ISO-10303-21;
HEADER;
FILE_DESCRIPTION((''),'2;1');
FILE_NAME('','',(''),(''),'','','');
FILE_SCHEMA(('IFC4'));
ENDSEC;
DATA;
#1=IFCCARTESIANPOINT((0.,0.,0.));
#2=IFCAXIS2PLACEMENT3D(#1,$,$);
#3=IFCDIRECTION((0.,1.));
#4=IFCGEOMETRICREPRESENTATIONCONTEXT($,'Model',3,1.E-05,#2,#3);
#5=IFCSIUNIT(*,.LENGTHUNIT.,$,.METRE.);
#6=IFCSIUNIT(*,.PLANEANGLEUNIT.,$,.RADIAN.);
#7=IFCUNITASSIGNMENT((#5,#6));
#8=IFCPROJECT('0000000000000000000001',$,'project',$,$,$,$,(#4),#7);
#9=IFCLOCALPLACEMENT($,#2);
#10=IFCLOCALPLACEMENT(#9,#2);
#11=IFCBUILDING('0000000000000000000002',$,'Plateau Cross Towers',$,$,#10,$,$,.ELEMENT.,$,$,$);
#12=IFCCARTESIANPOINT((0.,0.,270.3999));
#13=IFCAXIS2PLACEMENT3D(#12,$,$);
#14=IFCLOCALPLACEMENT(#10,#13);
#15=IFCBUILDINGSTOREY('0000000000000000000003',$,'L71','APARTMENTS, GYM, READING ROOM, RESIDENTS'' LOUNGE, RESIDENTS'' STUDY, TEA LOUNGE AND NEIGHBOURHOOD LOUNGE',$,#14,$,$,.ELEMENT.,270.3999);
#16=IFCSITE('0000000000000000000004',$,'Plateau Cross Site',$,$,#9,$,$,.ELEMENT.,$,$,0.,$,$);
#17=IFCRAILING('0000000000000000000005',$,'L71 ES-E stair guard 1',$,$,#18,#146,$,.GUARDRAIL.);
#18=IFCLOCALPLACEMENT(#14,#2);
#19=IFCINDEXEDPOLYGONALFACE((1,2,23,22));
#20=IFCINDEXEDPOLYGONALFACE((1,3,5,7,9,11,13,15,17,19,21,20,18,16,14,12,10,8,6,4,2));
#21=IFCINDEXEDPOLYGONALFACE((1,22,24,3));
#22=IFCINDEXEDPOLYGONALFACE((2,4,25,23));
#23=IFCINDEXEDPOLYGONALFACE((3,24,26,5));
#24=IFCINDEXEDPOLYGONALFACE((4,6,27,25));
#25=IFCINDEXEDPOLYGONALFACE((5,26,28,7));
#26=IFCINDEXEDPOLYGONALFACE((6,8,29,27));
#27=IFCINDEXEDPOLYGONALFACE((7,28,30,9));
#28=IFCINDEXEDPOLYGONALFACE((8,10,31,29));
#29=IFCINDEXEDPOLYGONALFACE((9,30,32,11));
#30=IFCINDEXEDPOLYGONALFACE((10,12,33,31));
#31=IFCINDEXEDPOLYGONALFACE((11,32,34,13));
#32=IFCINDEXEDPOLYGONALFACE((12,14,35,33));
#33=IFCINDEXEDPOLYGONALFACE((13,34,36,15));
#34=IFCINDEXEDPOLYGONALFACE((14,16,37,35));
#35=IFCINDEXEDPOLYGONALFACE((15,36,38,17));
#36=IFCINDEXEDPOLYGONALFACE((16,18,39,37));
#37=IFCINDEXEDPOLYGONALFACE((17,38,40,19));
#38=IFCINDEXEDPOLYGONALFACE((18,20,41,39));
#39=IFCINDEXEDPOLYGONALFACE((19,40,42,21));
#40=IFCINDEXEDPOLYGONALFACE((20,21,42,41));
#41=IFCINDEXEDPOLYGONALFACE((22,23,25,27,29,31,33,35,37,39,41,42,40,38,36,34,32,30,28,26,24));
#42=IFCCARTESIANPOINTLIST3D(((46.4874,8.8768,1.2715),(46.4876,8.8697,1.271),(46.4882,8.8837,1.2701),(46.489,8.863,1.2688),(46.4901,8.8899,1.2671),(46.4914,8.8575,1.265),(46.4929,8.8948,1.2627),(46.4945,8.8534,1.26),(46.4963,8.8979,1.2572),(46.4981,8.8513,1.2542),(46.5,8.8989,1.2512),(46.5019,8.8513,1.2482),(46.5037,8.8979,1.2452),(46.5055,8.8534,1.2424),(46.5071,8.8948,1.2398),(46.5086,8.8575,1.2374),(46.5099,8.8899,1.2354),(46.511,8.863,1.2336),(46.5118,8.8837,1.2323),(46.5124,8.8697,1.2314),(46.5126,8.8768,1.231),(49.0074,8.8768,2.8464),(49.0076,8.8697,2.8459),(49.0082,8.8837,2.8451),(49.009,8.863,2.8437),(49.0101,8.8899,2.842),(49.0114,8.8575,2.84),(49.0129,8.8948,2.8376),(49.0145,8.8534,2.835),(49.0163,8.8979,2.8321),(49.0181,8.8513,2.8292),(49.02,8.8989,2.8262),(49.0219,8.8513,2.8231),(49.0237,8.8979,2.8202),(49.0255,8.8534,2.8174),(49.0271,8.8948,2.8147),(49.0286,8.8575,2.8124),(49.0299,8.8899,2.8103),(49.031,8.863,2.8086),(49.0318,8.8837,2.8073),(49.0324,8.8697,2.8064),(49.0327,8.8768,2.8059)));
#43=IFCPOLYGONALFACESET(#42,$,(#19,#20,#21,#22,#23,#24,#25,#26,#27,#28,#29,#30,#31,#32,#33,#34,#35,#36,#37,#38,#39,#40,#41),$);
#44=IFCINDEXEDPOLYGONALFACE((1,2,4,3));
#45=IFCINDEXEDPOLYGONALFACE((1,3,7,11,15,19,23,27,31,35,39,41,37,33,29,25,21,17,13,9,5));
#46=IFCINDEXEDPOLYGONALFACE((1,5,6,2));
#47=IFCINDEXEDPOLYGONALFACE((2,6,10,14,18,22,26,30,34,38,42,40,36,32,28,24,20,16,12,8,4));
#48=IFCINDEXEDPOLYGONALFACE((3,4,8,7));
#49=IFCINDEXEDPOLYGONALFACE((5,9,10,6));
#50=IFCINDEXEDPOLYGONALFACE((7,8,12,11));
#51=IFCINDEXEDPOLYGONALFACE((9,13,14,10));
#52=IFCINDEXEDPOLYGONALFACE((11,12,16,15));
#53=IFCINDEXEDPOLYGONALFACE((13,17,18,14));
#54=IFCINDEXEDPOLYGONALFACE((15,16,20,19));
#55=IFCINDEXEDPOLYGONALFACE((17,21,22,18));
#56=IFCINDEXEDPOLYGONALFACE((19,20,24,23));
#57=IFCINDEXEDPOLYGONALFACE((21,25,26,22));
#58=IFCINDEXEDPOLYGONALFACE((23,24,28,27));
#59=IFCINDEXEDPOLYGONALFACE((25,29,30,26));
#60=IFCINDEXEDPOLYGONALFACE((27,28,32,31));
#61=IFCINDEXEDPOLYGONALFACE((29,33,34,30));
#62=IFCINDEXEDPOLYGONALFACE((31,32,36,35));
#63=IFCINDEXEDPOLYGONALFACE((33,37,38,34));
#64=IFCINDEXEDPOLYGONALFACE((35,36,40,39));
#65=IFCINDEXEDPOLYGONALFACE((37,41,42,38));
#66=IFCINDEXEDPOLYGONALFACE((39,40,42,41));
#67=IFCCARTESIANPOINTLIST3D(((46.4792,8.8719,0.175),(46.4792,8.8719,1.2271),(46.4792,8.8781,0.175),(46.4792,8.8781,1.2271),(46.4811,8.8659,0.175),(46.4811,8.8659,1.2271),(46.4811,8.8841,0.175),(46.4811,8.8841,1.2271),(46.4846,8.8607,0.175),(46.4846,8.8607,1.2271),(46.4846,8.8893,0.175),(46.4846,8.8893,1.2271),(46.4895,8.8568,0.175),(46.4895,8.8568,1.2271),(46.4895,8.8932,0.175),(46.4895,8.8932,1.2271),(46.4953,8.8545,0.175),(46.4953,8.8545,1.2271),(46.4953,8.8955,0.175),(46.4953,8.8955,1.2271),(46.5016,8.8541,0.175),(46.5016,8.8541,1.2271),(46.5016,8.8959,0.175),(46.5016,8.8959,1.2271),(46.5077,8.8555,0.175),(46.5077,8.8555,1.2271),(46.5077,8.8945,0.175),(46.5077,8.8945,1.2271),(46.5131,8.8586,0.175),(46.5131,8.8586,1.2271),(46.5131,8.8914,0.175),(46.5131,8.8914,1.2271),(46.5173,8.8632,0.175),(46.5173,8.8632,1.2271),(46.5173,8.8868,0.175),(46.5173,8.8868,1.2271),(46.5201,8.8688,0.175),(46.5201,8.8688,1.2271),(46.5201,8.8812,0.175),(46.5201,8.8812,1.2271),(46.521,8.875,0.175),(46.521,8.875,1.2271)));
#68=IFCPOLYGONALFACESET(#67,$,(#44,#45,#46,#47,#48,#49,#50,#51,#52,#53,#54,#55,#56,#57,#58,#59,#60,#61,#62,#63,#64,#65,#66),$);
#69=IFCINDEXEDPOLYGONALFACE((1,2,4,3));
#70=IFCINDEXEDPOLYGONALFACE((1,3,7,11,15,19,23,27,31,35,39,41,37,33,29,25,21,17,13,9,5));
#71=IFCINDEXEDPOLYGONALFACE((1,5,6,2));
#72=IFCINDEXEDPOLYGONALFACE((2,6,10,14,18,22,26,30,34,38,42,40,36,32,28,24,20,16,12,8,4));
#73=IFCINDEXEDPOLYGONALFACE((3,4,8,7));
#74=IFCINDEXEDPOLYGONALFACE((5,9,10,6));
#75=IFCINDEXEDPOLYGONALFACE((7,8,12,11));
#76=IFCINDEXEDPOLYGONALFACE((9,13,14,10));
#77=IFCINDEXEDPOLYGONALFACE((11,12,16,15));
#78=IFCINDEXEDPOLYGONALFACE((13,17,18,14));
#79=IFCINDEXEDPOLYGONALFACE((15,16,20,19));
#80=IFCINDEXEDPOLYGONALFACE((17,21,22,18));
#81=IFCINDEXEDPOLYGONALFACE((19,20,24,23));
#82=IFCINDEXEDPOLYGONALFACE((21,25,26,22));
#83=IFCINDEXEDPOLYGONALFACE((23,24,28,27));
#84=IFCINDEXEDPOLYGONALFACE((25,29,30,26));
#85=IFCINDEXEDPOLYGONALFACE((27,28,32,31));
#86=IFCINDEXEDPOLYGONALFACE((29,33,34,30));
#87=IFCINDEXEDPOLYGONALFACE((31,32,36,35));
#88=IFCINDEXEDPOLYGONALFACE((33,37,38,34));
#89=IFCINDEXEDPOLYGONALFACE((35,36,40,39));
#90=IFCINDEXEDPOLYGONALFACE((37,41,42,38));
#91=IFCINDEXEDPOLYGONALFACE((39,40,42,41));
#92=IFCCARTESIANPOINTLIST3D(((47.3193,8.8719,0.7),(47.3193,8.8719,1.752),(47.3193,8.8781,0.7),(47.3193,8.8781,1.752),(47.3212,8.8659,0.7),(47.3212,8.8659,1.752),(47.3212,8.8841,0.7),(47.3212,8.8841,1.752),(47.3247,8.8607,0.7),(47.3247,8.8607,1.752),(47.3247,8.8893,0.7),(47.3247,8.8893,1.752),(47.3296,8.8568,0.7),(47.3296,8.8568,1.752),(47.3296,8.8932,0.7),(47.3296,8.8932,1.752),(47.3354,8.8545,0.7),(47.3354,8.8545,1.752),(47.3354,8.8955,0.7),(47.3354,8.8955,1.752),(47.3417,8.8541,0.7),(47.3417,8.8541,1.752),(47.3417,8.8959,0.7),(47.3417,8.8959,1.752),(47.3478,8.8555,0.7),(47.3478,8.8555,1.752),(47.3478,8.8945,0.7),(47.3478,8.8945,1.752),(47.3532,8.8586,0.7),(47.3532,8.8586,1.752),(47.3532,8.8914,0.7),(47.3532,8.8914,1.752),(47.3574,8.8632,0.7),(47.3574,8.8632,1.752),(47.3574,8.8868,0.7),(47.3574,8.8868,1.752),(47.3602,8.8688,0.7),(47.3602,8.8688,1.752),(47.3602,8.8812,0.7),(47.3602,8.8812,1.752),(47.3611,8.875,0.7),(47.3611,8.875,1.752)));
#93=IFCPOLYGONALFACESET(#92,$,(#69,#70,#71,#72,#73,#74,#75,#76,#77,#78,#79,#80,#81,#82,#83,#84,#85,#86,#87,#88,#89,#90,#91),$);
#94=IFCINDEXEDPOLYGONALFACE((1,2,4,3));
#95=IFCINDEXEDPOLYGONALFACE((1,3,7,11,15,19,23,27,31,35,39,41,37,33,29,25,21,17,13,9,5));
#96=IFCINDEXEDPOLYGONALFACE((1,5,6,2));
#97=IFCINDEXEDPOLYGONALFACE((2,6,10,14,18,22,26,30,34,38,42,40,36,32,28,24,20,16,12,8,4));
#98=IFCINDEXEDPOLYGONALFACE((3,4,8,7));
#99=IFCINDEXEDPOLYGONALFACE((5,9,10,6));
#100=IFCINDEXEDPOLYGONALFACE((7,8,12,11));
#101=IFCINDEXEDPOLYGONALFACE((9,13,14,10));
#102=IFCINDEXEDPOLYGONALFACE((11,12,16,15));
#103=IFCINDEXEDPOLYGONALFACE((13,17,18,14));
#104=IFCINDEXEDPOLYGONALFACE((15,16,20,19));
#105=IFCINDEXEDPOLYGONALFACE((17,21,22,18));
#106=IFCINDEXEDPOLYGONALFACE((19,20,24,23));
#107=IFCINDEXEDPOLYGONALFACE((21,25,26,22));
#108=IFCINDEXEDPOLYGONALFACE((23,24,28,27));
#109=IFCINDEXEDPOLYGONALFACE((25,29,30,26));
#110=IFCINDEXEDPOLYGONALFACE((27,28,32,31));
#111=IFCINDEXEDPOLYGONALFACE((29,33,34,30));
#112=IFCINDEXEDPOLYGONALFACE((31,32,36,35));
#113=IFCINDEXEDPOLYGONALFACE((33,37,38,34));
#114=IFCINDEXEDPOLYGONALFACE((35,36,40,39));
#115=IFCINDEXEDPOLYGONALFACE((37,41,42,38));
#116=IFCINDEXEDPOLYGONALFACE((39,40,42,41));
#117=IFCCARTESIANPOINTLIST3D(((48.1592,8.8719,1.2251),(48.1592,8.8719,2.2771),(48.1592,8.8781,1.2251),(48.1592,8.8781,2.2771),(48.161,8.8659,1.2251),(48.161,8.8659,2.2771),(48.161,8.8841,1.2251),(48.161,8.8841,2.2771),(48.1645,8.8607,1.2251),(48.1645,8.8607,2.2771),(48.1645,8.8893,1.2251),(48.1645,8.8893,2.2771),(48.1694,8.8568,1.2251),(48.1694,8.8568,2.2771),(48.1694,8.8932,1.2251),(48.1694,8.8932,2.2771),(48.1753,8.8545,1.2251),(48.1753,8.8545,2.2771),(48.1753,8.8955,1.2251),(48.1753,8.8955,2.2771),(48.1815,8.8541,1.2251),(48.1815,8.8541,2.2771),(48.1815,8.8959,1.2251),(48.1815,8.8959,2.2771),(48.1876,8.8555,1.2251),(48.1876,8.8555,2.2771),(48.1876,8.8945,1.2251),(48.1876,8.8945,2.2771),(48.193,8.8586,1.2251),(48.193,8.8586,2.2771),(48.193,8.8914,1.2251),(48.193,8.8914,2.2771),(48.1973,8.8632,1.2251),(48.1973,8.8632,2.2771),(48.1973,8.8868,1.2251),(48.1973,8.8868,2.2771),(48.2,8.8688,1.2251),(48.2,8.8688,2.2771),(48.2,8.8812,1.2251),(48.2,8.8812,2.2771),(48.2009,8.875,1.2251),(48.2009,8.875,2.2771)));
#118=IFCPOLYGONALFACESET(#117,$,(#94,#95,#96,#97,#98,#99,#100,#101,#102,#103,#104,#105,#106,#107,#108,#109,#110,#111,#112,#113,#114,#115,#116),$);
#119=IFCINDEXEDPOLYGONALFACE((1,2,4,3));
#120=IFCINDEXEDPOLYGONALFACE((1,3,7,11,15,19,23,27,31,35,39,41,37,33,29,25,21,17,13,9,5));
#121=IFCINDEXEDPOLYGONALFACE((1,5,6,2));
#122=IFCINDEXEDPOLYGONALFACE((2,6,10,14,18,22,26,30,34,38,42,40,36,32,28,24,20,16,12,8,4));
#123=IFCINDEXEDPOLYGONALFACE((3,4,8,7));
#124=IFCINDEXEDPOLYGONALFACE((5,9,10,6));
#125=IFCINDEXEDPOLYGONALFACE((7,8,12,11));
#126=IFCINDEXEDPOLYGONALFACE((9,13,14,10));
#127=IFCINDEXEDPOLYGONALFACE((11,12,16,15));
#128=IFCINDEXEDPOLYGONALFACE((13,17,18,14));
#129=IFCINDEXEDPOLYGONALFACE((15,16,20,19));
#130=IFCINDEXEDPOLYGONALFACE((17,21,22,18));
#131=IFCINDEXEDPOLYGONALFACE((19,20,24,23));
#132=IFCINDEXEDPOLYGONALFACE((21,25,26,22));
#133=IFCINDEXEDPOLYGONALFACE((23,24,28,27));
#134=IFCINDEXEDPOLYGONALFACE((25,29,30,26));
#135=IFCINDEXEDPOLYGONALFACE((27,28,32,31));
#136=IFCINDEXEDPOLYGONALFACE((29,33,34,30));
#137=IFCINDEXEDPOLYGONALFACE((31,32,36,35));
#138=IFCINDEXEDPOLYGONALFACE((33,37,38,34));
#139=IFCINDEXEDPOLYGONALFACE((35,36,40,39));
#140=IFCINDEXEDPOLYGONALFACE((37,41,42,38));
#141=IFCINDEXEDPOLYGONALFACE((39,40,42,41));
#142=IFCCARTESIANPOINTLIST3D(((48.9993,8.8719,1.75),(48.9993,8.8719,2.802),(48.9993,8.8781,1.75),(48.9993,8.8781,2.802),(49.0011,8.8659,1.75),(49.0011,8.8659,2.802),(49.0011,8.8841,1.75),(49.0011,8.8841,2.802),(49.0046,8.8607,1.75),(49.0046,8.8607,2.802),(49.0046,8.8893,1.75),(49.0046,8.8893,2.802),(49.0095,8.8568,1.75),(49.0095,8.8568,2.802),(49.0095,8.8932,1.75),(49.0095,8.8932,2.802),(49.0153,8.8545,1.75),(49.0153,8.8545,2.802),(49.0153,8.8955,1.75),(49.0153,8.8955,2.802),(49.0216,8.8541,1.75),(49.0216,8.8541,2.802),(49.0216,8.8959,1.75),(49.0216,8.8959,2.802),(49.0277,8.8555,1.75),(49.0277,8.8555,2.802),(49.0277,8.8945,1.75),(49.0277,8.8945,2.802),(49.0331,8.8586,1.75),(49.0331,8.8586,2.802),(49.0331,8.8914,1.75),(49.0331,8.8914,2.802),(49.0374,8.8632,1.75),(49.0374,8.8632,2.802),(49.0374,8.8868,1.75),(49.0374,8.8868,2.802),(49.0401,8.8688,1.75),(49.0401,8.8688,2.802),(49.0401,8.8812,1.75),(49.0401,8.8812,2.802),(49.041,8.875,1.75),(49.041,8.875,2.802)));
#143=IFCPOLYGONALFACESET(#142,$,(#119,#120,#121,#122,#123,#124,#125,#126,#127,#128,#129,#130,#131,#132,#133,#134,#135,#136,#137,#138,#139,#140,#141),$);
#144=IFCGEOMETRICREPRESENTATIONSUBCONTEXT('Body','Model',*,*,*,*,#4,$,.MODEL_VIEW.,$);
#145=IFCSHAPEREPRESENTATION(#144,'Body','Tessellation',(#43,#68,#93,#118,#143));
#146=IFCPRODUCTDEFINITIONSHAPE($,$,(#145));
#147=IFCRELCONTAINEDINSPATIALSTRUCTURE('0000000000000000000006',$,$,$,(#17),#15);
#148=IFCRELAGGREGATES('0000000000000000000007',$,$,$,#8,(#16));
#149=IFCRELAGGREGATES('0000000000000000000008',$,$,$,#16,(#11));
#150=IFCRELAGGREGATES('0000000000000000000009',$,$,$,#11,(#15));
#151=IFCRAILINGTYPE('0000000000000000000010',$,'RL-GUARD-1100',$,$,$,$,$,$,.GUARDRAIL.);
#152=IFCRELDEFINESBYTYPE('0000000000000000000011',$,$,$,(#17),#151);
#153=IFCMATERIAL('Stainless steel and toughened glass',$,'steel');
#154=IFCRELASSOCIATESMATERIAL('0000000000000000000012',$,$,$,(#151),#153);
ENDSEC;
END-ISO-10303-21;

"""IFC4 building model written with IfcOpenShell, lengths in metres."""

from ifc_helpers import new_model, si_unit, direction, frame, origin, origin_2d, place, context, subcontext, project, spatial, circle, extrude, material, type_object, element, save


model = new_model("IFC4")

# Units and contexts
model_context = context("Model", 3, precision=1e-05, world=origin(), true_north=direction((0.0, 1.0)))
body_context = subcontext(model_context, "Body", "Model", "MODEL_VIEW")
ifc_project = project(units=[si_unit("LENGTHUNIT", "METRE"), si_unit("PLANEANGLEUNIT", "RADIAN")], contexts=[model_context])

# Site, building, storey
site_placement = place(None, origin())
site = spatial("IfcSite", under=ifc_project, at=site_placement, Name="Plateau Cross Site", CompositionType="ELEMENT", RefElevation=0.0)
building_placement = place(site_placement, origin())
building = spatial("IfcBuilding", under=site, at=building_placement, Name="Plateau Cross Towers", CompositionType="ELEMENT")
storey_placement = place(building_placement, frame((0.0, 0.0, 270.3999)))
storey = spatial("IfcBuildingStorey", under=building, at=storey_placement, Name="L71", Description="APARTMENTS, GYM, READING ROOM, RESIDENTS' LOUNGE, RESIDENTS' STUDY, TEA LOUNGE AND NEIGHBOURHOOD LOUNGE", CompositionType="ELEMENT", Elevation=270.3999)

# Railing
ifc_material_1 = material(Name="Stainless steel and toughened glass", Category="steel")
railing_type_1 = type_object("IfcRailingType", Name="RL-GUARD-1100", PredefinedType="GUARDRAIL", material=ifc_material_1)
railing_1_placement = place(storey_placement, frame((46.5, 8.875, 0.175)))
element("IfcRailing", 1, at=railing_1_placement, inside=storey, type_object=railing_type_1, Name="L71 ES-E stair guard 1", PredefinedType="GUARDRAIL", context=body_context, shape_type="SweptSolid", body=[
    extrude(circle(Radius=0.0239, at=origin_2d()), frame((0.0, 0.0, 1.0762), z_axis=(0.848008, 0.0, 0.529984), x_axis=(0.0, 1.0, 0.0)), (0.0, 0.0, 1.0), 2.9717),
    extrude(circle(Radius=0.021, at=origin_2d()), origin(), (0.0, 0.0, 1.0), 1.052),
    extrude(circle(Radius=0.021, at=origin_2d()), frame((0.8401, 0.0, 0.5249)), (0.0, 0.0, 1.0), 1.052),
    extrude(circle(Radius=0.021, at=origin_2d()), frame((1.6799, 0.0, 1.05)), (0.0, 0.0, 1.0), 1.052),
    extrude(circle(Radius=0.021, at=origin_2d()), frame((2.52, 0.0, 1.575)), (0.0, 0.0, 1.0), 1.052),
])

save(model, "model.ifc")
